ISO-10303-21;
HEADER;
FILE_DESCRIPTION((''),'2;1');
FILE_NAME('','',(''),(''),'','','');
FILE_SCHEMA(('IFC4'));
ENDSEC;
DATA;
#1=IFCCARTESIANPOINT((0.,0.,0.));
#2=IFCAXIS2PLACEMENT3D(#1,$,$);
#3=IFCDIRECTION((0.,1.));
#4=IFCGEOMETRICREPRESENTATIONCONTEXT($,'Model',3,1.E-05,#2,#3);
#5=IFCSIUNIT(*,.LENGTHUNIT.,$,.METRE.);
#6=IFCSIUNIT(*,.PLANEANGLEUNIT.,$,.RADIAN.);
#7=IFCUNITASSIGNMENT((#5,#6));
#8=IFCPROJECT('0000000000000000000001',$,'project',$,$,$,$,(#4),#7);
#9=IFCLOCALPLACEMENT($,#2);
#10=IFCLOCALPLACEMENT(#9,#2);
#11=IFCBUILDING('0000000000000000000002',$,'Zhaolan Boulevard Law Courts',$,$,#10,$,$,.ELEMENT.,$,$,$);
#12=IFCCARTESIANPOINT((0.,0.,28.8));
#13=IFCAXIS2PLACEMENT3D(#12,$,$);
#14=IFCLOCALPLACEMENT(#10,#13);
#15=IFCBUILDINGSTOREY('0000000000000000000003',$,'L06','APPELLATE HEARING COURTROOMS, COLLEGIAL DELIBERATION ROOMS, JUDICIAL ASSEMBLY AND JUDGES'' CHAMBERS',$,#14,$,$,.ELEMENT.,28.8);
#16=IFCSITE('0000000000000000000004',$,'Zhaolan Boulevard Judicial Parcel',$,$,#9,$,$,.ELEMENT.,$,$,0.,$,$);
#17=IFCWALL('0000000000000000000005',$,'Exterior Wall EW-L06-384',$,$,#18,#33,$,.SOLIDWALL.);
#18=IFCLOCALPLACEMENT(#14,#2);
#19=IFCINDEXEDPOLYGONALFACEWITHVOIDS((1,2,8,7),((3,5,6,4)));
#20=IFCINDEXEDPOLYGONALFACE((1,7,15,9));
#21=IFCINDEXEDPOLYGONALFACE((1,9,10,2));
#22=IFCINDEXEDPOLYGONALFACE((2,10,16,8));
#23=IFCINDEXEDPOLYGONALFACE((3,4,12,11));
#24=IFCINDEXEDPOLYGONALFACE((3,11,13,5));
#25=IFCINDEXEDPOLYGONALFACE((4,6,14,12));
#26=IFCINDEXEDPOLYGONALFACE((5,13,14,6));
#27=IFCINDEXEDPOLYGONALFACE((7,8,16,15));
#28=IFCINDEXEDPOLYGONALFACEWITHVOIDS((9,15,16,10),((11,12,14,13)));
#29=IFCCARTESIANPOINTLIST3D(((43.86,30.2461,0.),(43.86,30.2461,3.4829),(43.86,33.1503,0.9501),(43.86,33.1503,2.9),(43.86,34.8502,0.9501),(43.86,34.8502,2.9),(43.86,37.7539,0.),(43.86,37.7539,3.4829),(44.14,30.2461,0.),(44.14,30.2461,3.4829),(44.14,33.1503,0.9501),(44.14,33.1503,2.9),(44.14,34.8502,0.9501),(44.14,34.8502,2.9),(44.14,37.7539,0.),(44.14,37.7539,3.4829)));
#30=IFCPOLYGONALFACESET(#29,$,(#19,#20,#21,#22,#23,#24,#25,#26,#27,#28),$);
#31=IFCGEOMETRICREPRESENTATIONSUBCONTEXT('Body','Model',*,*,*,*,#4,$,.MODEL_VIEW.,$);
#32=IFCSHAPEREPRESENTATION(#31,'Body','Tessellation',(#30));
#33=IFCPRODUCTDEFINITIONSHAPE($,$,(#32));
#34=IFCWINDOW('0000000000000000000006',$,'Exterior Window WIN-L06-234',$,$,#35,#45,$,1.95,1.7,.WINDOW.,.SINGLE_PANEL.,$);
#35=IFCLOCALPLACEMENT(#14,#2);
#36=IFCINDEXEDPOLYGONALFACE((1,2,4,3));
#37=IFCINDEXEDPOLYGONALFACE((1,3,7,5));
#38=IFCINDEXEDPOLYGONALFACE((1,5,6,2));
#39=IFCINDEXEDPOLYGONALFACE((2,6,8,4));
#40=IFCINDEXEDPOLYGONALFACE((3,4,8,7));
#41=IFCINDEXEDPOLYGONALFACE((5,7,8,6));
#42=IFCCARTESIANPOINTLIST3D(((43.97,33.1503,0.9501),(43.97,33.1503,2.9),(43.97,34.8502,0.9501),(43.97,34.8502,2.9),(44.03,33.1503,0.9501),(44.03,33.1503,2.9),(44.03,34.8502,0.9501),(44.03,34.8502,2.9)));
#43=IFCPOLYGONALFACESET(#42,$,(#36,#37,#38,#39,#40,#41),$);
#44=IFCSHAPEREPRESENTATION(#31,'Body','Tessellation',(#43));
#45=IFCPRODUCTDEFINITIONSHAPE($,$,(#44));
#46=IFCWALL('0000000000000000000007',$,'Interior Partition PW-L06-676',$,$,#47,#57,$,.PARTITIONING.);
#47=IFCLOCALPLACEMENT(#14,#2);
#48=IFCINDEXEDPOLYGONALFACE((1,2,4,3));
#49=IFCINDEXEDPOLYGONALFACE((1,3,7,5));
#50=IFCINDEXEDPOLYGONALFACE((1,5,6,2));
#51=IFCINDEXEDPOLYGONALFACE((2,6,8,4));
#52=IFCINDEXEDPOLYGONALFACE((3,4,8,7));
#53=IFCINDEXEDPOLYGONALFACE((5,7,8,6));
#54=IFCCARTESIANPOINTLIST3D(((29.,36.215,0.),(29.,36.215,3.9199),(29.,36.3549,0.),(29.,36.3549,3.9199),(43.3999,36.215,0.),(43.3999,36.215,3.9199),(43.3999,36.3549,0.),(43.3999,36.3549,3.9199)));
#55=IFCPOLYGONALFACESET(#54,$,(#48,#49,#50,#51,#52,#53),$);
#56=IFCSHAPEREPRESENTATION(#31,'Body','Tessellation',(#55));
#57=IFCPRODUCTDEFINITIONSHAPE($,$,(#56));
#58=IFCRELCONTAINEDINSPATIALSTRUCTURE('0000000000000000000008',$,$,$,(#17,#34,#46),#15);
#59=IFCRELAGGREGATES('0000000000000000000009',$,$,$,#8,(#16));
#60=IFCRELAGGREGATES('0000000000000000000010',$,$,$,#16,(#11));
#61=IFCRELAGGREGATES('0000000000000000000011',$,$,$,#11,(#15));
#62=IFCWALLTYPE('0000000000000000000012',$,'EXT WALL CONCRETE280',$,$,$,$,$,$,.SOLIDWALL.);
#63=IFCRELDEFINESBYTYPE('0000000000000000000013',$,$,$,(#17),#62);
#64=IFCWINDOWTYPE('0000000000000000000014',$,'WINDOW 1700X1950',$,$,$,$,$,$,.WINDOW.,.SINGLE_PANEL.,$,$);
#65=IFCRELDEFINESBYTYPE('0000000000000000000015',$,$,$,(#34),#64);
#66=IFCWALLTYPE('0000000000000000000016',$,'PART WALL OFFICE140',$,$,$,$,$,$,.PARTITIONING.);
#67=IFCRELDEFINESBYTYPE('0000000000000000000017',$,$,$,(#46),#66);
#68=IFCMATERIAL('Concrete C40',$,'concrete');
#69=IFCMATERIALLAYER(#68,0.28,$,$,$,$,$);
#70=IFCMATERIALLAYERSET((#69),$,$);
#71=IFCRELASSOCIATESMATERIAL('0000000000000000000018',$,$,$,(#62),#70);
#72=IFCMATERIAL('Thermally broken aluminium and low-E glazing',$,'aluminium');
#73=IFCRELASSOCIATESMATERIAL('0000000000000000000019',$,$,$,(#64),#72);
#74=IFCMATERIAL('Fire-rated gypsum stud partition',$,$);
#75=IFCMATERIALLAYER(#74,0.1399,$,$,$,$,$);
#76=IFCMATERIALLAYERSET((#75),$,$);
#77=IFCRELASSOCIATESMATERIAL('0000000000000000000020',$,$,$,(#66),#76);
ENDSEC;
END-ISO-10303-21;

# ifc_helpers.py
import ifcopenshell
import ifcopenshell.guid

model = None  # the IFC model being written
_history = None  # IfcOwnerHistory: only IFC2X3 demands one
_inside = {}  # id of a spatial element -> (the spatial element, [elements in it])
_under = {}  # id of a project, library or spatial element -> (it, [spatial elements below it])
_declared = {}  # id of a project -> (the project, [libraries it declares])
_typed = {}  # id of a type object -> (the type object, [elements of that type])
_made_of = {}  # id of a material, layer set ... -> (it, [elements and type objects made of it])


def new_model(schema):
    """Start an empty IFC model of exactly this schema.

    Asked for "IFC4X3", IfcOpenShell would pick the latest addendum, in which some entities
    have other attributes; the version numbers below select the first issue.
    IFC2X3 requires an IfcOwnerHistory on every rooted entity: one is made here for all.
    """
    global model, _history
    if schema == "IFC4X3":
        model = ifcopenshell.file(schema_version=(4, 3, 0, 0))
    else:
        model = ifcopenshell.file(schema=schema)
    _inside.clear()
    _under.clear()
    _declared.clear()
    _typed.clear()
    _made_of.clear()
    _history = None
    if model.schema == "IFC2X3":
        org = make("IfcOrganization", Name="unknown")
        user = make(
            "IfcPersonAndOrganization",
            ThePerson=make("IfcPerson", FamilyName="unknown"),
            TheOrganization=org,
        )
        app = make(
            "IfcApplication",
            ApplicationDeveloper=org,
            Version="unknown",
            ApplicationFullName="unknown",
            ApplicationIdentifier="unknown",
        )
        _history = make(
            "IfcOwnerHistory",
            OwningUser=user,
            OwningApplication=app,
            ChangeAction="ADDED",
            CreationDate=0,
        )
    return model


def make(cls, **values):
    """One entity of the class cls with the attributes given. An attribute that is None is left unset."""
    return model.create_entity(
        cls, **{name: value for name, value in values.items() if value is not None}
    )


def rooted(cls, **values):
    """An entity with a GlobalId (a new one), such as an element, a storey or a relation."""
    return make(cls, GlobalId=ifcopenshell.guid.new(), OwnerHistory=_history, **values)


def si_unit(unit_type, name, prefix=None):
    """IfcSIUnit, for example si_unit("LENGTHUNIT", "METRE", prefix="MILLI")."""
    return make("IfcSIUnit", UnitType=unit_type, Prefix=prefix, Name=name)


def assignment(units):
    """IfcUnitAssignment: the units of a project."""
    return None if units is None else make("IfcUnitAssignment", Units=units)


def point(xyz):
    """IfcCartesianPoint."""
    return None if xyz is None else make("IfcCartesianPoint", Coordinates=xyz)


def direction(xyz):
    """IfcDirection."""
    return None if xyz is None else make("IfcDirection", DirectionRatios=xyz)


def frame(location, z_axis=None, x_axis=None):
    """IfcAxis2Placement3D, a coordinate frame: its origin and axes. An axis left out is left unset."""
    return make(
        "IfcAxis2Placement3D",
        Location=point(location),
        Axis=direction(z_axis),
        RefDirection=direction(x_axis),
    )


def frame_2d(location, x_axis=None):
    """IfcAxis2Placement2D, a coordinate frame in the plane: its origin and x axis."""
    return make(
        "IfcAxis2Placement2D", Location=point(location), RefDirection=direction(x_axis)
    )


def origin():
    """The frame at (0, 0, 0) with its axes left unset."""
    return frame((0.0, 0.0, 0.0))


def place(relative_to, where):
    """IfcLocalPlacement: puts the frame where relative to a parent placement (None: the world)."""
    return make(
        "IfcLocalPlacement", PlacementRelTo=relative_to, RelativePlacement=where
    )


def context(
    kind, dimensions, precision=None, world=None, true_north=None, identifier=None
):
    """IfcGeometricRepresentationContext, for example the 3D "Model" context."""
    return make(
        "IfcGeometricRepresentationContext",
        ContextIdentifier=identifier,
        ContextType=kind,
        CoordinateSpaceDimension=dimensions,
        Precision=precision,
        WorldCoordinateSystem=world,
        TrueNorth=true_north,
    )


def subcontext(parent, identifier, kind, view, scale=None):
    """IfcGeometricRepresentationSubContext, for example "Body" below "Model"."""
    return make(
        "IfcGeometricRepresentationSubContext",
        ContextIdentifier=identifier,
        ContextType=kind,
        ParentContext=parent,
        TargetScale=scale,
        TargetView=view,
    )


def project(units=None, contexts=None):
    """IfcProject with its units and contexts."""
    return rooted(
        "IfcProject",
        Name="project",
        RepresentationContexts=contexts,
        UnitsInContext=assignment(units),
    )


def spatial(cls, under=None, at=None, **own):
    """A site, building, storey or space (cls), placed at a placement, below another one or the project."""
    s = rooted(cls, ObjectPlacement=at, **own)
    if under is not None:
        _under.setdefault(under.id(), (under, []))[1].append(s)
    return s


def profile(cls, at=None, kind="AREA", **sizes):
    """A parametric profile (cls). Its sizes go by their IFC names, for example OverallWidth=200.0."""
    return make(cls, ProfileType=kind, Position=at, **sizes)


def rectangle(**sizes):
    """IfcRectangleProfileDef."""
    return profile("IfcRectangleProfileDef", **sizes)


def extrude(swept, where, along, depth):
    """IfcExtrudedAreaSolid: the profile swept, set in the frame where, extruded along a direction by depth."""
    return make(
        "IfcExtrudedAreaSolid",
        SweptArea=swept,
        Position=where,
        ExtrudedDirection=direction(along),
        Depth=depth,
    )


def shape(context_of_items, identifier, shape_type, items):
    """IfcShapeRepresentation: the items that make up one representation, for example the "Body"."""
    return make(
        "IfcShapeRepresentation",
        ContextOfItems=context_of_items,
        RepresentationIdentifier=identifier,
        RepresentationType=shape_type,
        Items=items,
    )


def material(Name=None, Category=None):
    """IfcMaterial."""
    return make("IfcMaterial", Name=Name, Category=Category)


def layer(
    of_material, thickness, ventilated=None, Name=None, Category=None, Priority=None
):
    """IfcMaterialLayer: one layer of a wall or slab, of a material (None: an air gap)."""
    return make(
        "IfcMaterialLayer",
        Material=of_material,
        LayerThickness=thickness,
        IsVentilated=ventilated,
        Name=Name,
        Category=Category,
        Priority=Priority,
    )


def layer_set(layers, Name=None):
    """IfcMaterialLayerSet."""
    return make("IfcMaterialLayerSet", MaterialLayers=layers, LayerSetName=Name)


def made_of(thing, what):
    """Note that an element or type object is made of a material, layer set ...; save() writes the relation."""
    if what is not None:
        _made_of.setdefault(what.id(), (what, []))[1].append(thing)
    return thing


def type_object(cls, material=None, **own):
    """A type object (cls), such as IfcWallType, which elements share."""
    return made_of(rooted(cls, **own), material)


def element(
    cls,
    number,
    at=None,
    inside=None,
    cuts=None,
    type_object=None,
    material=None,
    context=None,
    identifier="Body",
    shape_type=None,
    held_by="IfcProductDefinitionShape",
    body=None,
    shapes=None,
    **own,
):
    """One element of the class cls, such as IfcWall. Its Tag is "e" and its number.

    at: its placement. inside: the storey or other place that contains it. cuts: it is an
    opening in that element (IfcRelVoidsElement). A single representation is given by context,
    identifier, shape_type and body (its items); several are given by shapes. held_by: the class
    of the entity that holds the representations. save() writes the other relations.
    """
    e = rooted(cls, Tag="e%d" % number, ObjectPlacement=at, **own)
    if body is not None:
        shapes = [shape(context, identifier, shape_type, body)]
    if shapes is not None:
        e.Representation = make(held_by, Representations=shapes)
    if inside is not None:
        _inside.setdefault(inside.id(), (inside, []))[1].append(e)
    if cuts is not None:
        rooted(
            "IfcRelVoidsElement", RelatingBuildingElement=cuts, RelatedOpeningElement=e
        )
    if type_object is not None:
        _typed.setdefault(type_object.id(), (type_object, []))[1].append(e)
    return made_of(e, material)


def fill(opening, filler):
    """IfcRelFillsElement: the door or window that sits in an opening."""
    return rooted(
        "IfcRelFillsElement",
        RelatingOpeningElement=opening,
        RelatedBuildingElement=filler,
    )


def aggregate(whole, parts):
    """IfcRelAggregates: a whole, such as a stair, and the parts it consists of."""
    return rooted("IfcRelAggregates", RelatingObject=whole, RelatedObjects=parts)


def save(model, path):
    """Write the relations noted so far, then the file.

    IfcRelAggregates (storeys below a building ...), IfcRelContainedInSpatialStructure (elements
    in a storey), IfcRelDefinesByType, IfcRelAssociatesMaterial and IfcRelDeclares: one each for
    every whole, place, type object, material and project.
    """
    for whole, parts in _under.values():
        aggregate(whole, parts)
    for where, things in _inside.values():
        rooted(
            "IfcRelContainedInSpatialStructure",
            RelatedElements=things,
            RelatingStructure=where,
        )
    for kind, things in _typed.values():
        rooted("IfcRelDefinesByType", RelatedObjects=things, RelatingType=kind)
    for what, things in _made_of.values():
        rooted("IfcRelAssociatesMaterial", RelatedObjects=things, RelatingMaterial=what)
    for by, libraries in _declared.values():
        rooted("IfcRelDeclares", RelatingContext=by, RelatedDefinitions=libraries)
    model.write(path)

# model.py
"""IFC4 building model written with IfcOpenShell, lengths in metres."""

from ifc_helpers import new_model, si_unit, direction, frame, frame_2d, origin, place, context, subcontext, project, spatial, rectangle, extrude, material, layer, layer_set, type_object, element, fill, save


model = new_model("IFC4")

# Units and contexts
model_context = context("Model", 3, precision=1e-05, world=origin(), true_north=direction((0.0, 1.0)))
body_context = subcontext(model_context, "Body", "Model", "MODEL_VIEW")
ifc_project = project(units=[si_unit("LENGTHUNIT", "METRE"), si_unit("PLANEANGLEUNIT", "RADIAN")], contexts=[model_context])

# Site, building, storey
site_placement = place(None, origin())
site = spatial("IfcSite", under=ifc_project, at=site_placement, Name="Zhaolan Boulevard Judicial Parcel", CompositionType="ELEMENT", RefElevation=0.0)
building_placement = place(site_placement, origin())
building = spatial("IfcBuilding", under=site, at=building_placement, Name="Zhaolan Boulevard Law Courts", CompositionType="ELEMENT")
storey_placement = place(building_placement, frame((0.0, 0.0, 28.8)))
storey = spatial("IfcBuildingStorey", under=building, at=storey_placement, Name="L06", Description="APPELLATE HEARING COURTROOMS, COLLEGIAL DELIBERATION ROOMS, JUDICIAL ASSEMBLY AND JUDGES' CHAMBERS", CompositionType="ELEMENT", Elevation=28.8)

# Wall, opening, window
ifc_material_1 = material(Name="Concrete C40", Category="concrete")
ifc_layer_1 = layer(ifc_material_1, 0.28)
ifc_layer_set_1 = layer_set([ifc_layer_1])
wall_type_1 = type_object("IfcWallType", Name="EXT WALL CONCRETE280", PredefinedType="SOLIDWALL", material=ifc_layer_set_1)
wall_1_placement = place(storey_placement, frame((44.0, 30.2461, 0.0), z_axis=(0.0, 0.0, 1.0), x_axis=(0.0, 1.0, 0.0)))
wall_1 = element("IfcWall", 1, at=wall_1_placement, inside=storey, type_object=wall_type_1, Name="Exterior Wall EW-L06-384", PredefinedType="SOLIDWALL", context=body_context, shape_type="SweptSolid", body=[
    extrude(rectangle(XDim=7.5078, YDim=0.28, at=frame_2d((3.7539, 0.0))), origin(), (0.0, 0.0, 1.0), 3.4829),
])
opening_placement = place(wall_1_placement, frame((2.9041, 0.0, 0.95)))
opening = element("IfcOpeningElement", 2, at=opening_placement, cuts=wall_1, PredefinedType="OPENING", context=body_context, shape_type="SweptSolid", body=[
    extrude(rectangle(XDim=1.7, YDim=1.95, at=frame_2d((0.8501, 0.9751))), frame((0.0, 0.1499, 0.0), z_axis=(0.0, -1.0, 0.0), x_axis=(1.0, 0.0, 0.0)), (0.0, 0.0, 1.0), 0.3),
])
ifc_material_2 = material(Name="Thermally broken aluminium and low-E glazing", Category="aluminium")
window_type = type_object("IfcWindowType", Name="WINDOW 1700X1950", PartitioningType="SINGLE_PANEL", PredefinedType="WINDOW", material=ifc_material_2)
window_placement = place(opening_placement, origin())
window = element("IfcWindow", 3, at=window_placement, inside=storey, type_object=window_type, Name="Exterior Window WIN-L06-234", OverallHeight=1.95, OverallWidth=1.7, PartitioningType="SINGLE_PANEL", PredefinedType="WINDOW", context=body_context, shape_type="SweptSolid", body=[
    extrude(rectangle(XDim=1.7, YDim=1.95, at=frame_2d((0.8501, 0.9751))), frame((0.0, 0.03, 0.0), z_axis=(0.0, -1.0, 0.0), x_axis=(1.0, 0.0, 0.0)), (0.0, 0.0, 1.0), 0.0601),
])
fill(opening, window)

# Wall
ifc_material_3 = material(Name="Fire-rated gypsum stud partition")
ifc_layer_2 = layer(ifc_material_3, 0.1399)
ifc_layer_set_2 = layer_set([ifc_layer_2])
wall_type_2 = type_object("IfcWallType", Name="PART WALL OFFICE140", PredefinedType="PARTITIONING", material=ifc_layer_set_2)
wall_2_placement = place(storey_placement, frame((43.3999, 36.2849, 0.0), z_axis=(0.0, 0.0, 1.0), x_axis=(-1.0, 0.0, 0.0)))
element("IfcWall", 4, at=wall_2_placement, inside=storey, type_object=wall_type_2, Name="Interior Partition PW-L06-676", PredefinedType="PARTITIONING", context=body_context, shape_type="SweptSolid", body=[
    extrude(rectangle(XDim=14.3999, YDim=0.1399, at=frame_2d((7.2, 0.0))), origin(), (0.0, 0.0, 1.0), 3.9199),
])

save(model, "model.ifc")
